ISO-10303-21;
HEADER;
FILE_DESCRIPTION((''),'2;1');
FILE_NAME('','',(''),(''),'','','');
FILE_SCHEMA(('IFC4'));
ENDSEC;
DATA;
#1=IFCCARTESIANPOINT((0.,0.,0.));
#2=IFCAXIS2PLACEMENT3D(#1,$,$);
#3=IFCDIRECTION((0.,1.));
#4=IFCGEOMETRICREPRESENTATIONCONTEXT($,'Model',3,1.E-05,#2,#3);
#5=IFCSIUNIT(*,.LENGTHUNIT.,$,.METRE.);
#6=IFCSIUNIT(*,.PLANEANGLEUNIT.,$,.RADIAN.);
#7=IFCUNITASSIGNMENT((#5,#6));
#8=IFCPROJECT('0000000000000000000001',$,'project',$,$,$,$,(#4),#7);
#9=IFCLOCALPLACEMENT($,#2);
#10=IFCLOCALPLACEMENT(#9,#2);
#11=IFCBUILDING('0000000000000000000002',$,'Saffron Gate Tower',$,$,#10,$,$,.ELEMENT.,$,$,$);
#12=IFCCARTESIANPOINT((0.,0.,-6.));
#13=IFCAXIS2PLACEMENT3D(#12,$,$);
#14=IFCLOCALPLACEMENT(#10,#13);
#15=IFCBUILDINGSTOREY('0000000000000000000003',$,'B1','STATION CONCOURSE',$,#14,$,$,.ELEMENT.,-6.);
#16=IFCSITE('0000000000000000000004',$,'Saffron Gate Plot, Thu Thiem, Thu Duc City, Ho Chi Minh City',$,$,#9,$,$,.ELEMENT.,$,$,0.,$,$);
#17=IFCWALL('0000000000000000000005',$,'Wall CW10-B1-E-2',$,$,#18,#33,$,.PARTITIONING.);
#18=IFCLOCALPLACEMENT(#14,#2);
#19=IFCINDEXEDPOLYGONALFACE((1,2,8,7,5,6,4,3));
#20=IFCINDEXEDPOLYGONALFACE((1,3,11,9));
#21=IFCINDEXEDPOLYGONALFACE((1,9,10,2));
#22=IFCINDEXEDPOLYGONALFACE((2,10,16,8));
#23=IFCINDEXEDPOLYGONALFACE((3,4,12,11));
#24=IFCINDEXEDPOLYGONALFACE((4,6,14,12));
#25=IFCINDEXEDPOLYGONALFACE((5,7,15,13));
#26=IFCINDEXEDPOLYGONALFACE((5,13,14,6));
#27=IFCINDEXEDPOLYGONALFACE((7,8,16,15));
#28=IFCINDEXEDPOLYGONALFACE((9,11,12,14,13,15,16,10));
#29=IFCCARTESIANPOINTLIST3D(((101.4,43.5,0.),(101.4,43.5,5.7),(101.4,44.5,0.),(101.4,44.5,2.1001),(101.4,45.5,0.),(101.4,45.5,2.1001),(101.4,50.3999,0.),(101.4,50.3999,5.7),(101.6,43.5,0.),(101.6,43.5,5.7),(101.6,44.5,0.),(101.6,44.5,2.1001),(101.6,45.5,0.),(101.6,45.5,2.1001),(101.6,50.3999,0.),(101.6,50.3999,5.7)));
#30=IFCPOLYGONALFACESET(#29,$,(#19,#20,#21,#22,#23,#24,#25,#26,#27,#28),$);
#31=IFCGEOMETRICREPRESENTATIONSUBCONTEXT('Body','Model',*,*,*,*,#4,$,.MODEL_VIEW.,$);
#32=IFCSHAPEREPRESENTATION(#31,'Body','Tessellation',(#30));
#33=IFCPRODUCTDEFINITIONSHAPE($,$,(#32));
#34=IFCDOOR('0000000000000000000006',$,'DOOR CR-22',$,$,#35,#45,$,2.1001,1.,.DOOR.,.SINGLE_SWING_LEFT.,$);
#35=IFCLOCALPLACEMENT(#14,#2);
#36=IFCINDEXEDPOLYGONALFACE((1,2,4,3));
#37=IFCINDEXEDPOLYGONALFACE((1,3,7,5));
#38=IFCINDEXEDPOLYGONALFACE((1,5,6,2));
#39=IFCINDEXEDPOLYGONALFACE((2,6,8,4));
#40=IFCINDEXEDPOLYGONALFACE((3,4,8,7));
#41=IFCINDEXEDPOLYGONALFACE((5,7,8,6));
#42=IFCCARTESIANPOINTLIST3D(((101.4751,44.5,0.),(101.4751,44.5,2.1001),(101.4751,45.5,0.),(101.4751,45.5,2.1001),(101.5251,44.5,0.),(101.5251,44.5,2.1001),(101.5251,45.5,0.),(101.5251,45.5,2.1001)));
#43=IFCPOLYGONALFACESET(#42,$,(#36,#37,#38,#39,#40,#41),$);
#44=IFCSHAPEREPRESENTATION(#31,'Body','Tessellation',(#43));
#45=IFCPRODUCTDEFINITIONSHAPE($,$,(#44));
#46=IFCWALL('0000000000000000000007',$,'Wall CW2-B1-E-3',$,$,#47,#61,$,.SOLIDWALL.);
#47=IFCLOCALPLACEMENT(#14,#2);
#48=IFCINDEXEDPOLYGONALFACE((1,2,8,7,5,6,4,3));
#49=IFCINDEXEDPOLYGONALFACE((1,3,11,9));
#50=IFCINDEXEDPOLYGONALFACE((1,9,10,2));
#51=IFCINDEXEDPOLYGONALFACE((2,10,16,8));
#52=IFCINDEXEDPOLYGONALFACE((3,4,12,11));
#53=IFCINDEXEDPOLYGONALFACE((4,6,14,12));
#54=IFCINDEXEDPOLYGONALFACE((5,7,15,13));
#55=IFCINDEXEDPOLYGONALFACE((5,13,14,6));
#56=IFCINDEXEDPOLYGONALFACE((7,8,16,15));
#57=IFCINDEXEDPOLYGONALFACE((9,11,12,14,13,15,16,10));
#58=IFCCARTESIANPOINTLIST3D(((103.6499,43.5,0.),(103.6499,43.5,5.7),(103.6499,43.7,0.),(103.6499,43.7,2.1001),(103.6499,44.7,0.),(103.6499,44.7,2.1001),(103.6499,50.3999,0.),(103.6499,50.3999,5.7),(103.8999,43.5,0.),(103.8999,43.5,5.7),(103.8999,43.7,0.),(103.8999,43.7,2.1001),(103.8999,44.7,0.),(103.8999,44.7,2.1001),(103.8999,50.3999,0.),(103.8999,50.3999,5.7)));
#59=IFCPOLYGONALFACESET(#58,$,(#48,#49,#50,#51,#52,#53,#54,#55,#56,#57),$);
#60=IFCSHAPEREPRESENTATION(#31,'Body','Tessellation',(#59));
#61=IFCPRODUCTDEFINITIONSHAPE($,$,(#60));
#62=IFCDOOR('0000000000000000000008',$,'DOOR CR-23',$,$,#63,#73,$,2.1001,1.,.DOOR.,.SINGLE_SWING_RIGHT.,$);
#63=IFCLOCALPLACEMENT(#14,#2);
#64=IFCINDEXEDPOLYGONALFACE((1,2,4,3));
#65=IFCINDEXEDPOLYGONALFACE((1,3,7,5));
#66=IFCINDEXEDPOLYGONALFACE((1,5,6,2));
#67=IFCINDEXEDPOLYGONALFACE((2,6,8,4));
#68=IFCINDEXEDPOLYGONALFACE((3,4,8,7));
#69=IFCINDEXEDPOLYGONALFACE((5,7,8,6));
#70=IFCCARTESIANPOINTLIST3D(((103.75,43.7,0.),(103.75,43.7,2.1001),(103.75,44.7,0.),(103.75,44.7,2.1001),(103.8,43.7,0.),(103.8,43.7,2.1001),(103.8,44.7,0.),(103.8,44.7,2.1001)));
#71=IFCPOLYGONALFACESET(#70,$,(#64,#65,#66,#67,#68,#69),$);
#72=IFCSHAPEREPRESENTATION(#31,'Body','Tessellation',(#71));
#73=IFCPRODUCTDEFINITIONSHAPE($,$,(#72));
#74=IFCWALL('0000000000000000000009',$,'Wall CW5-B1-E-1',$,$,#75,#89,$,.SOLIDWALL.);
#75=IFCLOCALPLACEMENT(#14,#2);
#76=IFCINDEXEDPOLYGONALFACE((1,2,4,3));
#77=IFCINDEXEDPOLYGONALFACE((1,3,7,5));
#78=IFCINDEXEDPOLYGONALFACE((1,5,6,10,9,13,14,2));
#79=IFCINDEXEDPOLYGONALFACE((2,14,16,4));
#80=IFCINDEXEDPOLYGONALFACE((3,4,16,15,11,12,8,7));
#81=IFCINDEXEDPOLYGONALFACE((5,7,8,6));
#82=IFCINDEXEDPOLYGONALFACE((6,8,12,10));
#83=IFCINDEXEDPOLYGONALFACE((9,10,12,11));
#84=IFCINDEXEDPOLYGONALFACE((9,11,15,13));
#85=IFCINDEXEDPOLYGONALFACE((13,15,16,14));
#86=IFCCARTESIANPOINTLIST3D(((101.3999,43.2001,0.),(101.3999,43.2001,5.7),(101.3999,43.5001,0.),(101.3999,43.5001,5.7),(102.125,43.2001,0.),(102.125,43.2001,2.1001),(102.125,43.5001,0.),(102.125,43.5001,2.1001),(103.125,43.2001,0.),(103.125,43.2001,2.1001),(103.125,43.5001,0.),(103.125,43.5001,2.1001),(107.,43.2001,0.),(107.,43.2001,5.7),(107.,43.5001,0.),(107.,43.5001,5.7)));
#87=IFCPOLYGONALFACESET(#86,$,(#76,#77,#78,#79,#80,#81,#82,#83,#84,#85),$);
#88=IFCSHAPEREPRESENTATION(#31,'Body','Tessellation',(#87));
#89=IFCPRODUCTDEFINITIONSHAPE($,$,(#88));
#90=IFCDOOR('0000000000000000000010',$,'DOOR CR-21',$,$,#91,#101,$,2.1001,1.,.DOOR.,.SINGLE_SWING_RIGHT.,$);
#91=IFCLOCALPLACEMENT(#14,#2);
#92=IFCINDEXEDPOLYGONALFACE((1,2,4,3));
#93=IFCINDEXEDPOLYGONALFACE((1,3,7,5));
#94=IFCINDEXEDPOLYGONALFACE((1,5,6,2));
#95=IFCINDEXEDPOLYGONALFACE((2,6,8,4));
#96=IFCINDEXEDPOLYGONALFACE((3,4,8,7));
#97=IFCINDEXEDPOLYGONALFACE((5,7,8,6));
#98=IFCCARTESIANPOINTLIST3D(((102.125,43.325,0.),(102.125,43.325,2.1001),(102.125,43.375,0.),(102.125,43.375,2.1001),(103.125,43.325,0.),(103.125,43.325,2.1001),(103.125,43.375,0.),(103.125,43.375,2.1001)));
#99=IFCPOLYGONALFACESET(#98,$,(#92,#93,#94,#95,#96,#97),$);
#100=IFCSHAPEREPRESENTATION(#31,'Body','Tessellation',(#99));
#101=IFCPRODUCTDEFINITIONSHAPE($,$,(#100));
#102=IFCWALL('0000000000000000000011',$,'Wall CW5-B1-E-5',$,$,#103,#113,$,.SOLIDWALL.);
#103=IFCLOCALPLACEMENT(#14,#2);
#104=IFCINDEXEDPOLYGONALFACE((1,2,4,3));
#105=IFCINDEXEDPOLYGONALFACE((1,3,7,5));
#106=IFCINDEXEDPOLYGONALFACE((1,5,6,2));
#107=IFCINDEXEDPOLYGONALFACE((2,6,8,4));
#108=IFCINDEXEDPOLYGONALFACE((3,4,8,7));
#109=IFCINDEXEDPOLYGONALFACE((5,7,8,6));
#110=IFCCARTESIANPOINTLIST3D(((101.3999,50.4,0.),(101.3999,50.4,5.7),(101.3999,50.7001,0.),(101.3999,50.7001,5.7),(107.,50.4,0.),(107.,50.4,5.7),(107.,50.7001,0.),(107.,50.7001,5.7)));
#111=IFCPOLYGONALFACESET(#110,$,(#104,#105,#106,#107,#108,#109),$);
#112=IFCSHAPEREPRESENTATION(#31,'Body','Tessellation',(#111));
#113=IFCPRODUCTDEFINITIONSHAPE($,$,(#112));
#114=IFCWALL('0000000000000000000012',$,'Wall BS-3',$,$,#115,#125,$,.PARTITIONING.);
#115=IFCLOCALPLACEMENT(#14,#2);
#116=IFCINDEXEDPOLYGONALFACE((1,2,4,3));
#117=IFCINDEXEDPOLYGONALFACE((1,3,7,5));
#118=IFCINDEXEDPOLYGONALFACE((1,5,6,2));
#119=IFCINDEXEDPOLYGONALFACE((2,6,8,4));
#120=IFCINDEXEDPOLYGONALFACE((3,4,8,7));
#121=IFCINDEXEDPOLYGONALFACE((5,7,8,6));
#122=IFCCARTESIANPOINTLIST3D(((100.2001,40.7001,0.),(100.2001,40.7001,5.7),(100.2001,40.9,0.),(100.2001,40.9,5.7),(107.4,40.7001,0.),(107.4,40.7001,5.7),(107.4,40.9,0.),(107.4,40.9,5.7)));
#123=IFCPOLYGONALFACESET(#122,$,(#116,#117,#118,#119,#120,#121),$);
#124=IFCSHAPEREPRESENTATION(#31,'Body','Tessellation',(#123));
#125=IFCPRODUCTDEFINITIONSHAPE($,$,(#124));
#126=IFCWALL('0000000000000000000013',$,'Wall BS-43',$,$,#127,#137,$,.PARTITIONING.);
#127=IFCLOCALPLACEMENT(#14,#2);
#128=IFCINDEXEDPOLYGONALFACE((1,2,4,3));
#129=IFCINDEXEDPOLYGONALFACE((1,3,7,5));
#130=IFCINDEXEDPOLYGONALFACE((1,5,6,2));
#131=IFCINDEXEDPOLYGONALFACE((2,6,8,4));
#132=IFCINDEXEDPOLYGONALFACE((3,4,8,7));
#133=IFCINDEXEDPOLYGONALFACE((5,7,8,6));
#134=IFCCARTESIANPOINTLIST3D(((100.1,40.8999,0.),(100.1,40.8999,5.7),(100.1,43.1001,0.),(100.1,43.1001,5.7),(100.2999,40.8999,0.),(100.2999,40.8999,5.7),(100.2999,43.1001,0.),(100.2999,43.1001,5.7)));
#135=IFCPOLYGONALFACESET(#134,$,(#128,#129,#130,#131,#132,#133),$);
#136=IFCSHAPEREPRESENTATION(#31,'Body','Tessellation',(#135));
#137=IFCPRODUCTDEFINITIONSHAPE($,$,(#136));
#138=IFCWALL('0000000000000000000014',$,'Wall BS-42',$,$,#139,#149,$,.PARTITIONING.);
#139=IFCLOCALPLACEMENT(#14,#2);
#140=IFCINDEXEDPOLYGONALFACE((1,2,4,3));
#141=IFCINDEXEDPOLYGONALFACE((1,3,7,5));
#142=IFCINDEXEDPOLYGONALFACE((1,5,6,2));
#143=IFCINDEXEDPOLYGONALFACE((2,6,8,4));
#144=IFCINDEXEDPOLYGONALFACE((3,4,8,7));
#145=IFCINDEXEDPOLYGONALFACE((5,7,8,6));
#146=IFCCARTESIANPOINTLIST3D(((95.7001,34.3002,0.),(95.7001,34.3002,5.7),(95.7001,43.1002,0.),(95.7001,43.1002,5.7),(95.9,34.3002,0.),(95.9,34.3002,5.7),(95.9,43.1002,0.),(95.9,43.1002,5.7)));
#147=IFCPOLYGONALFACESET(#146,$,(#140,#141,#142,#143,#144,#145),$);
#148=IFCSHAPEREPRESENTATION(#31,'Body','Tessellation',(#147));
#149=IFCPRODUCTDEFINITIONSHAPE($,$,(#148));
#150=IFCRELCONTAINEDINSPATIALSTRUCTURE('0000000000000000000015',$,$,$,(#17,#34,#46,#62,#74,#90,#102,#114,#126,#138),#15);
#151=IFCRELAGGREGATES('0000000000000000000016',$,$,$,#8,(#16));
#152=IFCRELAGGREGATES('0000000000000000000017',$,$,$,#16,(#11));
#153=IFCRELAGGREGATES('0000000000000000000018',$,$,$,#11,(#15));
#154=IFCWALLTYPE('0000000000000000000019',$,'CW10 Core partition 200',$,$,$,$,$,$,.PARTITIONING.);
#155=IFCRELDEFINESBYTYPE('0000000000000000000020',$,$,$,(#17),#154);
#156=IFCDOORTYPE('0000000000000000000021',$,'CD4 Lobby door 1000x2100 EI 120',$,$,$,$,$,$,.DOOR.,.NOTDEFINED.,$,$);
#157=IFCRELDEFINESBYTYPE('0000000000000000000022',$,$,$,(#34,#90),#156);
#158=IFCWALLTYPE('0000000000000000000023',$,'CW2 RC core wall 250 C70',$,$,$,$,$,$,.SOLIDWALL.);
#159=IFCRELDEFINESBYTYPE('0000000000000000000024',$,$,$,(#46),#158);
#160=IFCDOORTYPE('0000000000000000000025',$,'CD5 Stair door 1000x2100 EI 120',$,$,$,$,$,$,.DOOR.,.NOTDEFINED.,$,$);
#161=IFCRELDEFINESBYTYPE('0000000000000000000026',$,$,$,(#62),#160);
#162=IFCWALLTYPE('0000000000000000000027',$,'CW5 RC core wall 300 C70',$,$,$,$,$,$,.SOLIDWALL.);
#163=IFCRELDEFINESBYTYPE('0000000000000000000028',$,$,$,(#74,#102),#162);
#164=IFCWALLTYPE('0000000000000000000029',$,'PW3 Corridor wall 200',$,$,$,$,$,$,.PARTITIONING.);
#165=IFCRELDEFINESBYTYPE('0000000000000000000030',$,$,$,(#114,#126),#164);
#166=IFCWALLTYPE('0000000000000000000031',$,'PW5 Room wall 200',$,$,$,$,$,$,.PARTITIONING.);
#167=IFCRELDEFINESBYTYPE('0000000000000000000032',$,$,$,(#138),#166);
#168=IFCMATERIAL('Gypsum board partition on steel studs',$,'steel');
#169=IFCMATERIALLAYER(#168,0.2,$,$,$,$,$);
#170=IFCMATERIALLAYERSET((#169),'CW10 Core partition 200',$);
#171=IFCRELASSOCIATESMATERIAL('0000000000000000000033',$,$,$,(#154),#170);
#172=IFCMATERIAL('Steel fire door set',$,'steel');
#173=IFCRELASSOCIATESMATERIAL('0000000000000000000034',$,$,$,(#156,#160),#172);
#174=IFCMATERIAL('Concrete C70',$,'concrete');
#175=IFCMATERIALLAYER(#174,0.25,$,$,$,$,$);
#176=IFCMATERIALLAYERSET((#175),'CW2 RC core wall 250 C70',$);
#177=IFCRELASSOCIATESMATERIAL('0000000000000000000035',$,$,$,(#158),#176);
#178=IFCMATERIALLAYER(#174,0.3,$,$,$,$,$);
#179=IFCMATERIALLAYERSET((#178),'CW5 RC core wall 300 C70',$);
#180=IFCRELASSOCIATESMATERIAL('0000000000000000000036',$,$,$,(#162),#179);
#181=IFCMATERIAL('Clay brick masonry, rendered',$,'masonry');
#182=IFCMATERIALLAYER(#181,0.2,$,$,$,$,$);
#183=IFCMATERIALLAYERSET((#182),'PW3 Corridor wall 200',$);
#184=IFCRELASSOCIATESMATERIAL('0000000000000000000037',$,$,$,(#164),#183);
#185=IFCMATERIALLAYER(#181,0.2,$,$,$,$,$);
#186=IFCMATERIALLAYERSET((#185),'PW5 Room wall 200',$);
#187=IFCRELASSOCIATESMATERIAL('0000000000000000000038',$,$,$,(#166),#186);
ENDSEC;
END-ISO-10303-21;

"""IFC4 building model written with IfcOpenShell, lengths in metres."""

from ifc_helpers import new_model, si_unit, direction, frame, frame_2d, origin, place, context, subcontext, project, spatial, rectangle, extrude, material, layer, layer_set, type_object, element, fill, save


model = new_model("IFC4")

# Units and contexts
model_context = context("Model", 3, precision=1e-05, world=origin(), true_north=direction((0.0, 1.0)))
body_context = subcontext(model_context, "Body", "Model", "MODEL_VIEW")
ifc_project = project(units=[si_unit("LENGTHUNIT", "METRE"), si_unit("PLANEANGLEUNIT", "RADIAN")], contexts=[model_context])

# Site, building, storey
site_placement = place(None, origin())
site = spatial("IfcSite", under=ifc_project, at=site_placement, Name="Saffron Gate Plot, Thu Thiem, Thu Duc City, Ho Chi Minh City", CompositionType="ELEMENT", RefElevation=0.0)
building_placement = place(site_placement, origin())
building = spatial("IfcBuilding", under=site, at=building_placement, Name="Saffron Gate Tower", CompositionType="ELEMENT")
storey_placement = place(building_placement, frame((0.0, 0.0, -6.0)))
storey = spatial("IfcBuildingStorey", under=building, at=storey_placement, Name="B1", Description="STATION CONCOURSE", CompositionType="ELEMENT", Elevation=-6.0)

# Walls, openings, doors
ifc_material_1 = material(Name="Gypsum board partition on steel studs", Category="steel")
ifc_layer_1 = layer(ifc_material_1, 0.2)
ifc_layer_set_1 = layer_set([ifc_layer_1], Name="CW10 Core partition 200")
wall_type_1 = type_object("IfcWallType", Name="CW10 Core partition 200", PredefinedType="PARTITIONING", material=ifc_layer_set_1)
wall_1_placement = place(storey_placement, frame((101.5, 43.5, 0.0), z_axis=(0.0, 0.0, 1.0), x_axis=(0.0, 1.0, 0.0)))
wall_1 = element("IfcWall", 1, at=wall_1_placement, inside=storey, type_object=wall_type_1, Name="Wall CW10-B1-E-2", PredefinedType="PARTITIONING", context=body_context, shape_type="SweptSolid", body=[
    extrude(rectangle(XDim=6.8999, YDim=0.2, at=frame_2d((3.45, 0.0))), origin(), (0.0, 0.0, 1.0), 5.7),
])
opening_1_placement = place(wall_1_placement, frame((1.0, 0.0, 0.0)))
opening_1 = element("IfcOpeningElement", 2, at=opening_1_placement, cuts=wall_1, PredefinedType="OPENING", context=body_context, shape_type="SweptSolid", body=[
    extrude(rectangle(XDim=1.0, YDim=2.1001, at=frame_2d((0.5, 1.05))), frame((0.0, 0.1099, 0.0), z_axis=(0.0, -1.0, 0.0), x_axis=(1.0, 0.0, 0.0)), (0.0, 0.0, 1.0), 0.22),
])
ifc_material_2 = material(Name="Steel fire door set", Category="steel")
door_type_1 = type_object("IfcDoorType", Name="CD4 Lobby door 1000x2100 EI 120", OperationType="NOTDEFINED", PredefinedType="DOOR", material=ifc_material_2)
door_1_placement = place(opening_1_placement, origin())
door_1 = element("IfcDoor", 3, at=door_1_placement, inside=storey, type_object=door_type_1, Name="DOOR CR-22", OperationType="SINGLE_SWING_LEFT", OverallHeight=2.1001, OverallWidth=1.0, PredefinedType="DOOR", context=body_context, shape_type="SweptSolid", body=[
    extrude(rectangle(XDim=1.0, YDim=2.1001, at=frame_2d((0.5, 1.05))), frame((0.0, 0.0249, 0.0), z_axis=(0.0, -1.0, 0.0), x_axis=(1.0, 0.0, 0.0)), (0.0, 0.0, 1.0), 0.05),
])
fill(opening_1, door_1)
ifc_material_3 = material(Name="Concrete C70", Category="concrete")
ifc_layer_2 = layer(ifc_material_3, 0.25)
ifc_layer_set_2 = layer_set([ifc_layer_2], Name="CW2 RC core wall 250 C70")
wall_type_2 = type_object("IfcWallType", Name="CW2 RC core wall 250 C70", PredefinedType="SOLIDWALL", material=ifc_layer_set_2)
wall_2_placement = place(storey_placement, frame((103.7749, 43.5, 0.0), z_axis=(0.0, 0.0, 1.0), x_axis=(0.0, 1.0, 0.0)))
wall_2 = element("IfcWall", 4, at=wall_2_placement, inside=storey, type_object=wall_type_2, Name="Wall CW2-B1-E-3", PredefinedType="SOLIDWALL", context=body_context, shape_type="SweptSolid", body=[
    extrude(rectangle(XDim=6.8999, YDim=0.25, at=frame_2d((3.45, 0.0))), origin(), (0.0, 0.0, 1.0), 5.7),
])
opening_2_placement = place(wall_2_placement, frame((0.2, 0.0, 0.0)))
opening_2 = element("IfcOpeningElement", 5, at=opening_2_placement, cuts=wall_2, PredefinedType="OPENING", context=body_context, shape_type="SweptSolid", body=[
    extrude(rectangle(XDim=1.0, YDim=2.1001, at=frame_2d((0.5, 1.05))), frame((0.0, 0.135, 0.0), z_axis=(0.0, -1.0, 0.0), x_axis=(1.0, 0.0, 0.0)), (0.0, 0.0, 1.0), 0.27),
])
door_type_2 = type_object("IfcDoorType", Name="CD5 Stair door 1000x2100 EI 120", OperationType="NOTDEFINED", PredefinedType="DOOR", material=ifc_material_2)
door_2_placement = place(opening_2_placement, origin())
door_2 = element("IfcDoor", 6, at=door_2_placement, inside=storey, type_object=door_type_2, Name="DOOR CR-23", OperationType="SINGLE_SWING_RIGHT", OverallHeight=2.1001, OverallWidth=1.0, PredefinedType="DOOR", context=body_context, shape_type="SweptSolid", body=[
    extrude(rectangle(XDim=1.0, YDim=2.1001, at=frame_2d((0.5, 1.05))), frame((0.0, 0.0249, 0.0), z_axis=(0.0, -1.0, 0.0), x_axis=(1.0, 0.0, 0.0)), (0.0, 0.0, 1.0), 0.05),
])
fill(opening_2, door_2)
ifc_layer_3 = layer(ifc_material_3, 0.3)
ifc_layer_set_3 = layer_set([ifc_layer_3], Name="CW5 RC core wall 300 C70")
wall_type_3 = type_object("IfcWallType", Name="CW5 RC core wall 300 C70", PredefinedType="SOLIDWALL", material=ifc_layer_set_3)
wall_3_placement = place(storey_placement, frame((101.3999, 43.3501, 0.0), z_axis=(0.0, 0.0, 1.0), x_axis=(1.0, 0.0, 0.0)))
wall_3 = element("IfcWall", 7, at=wall_3_placement, inside=storey, type_object=wall_type_3, Name="Wall CW5-B1-E-1", PredefinedType="SOLIDWALL", context=body_context, shape_type="SweptSolid", body=[
    extrude(rectangle(XDim=5.6001, YDim=0.3, at=frame_2d((2.8, 0.0))), origin(), (0.0, 0.0, 1.0), 5.7),
])
opening_3_placement = place(wall_3_placement, frame((0.7251, 0.0, 0.0)))
opening_3 = element("IfcOpeningElement", 8, at=opening_3_placement, cuts=wall_3, PredefinedType="OPENING", context=body_context, shape_type="SweptSolid", body=[
    extrude(rectangle(XDim=1.0, YDim=2.1001, at=frame_2d((0.5, 1.05))), frame((0.0, 0.1602, 0.0), z_axis=(0.0, -1.0, 0.0), x_axis=(1.0, 0.0, 0.0)), (0.0, 0.0, 1.0), 0.3201),
])
door_3_placement = place(opening_3_placement, origin())
door_3 = element("IfcDoor", 9, at=door_3_placement, inside=storey, type_object=door_type_1, Name="DOOR CR-21", OperationType="SINGLE_SWING_RIGHT", OverallHeight=2.1001, OverallWidth=1.0, PredefinedType="DOOR", context=body_context, shape_type="SweptSolid", body=[
    extrude(rectangle(XDim=1.0, YDim=2.1001, at=frame_2d((0.5, 1.05))), frame((0.0, 0.0249, 0.0), z_axis=(0.0, -1.0, 0.0), x_axis=(1.0, 0.0, 0.0)), (0.0, 0.0, 1.0), 0.05),
])
fill(opening_3, door_3)

# Walls
wall_4_placement = place(storey_placement, frame((101.3999, 50.55, 0.0), z_axis=(0.0, 0.0, 1.0), x_axis=(1.0, 0.0, 0.0)))
element("IfcWall", 10, at=wall_4_placement, inside=storey, type_object=wall_type_3, Name="Wall CW5-B1-E-5", PredefinedType="SOLIDWALL", context=body_context, shape_type="SweptSolid", body=[
    extrude(rectangle(XDim=5.6001, YDim=0.3, at=frame_2d((2.8, 0.0))), origin(), (0.0, 0.0, 1.0), 5.7),
])
ifc_material_4 = material(Name="Clay brick masonry, rendered", Category="masonry")
ifc_layer_4 = layer(ifc_material_4, 0.2)
ifc_layer_set_4 = layer_set([ifc_layer_4], Name="PW3 Corridor wall 200")
wall_type_4 = type_object("IfcWallType", Name="PW3 Corridor wall 200", PredefinedType="PARTITIONING", material=ifc_layer_set_4)
wall_5_placement = place(storey_placement, frame((100.2, 40.8, 0.0), z_axis=(0.0, 0.0, 1.0), x_axis=(1.0, 0.0, 0.0)))
element("IfcWall", 11, at=wall_5_placement, inside=storey, type_object=wall_type_4, Name="Wall BS-3", PredefinedType="PARTITIONING", context=body_context, shape_type="SweptSolid", body=[
    extrude(rectangle(XDim=7.2, YDim=0.2, at=frame_2d((3.6001, 0.0))), origin(), (0.0, 0.0, 1.0), 5.7),
])
wall_6_placement = place(storey_placement, frame((100.2, 43.1001, 0.0), z_axis=(0.0, 0.0, 1.0), x_axis=(0.0, -1.0, 0.0)))
element("IfcWall", 12, at=wall_6_placement, inside=storey, type_object=wall_type_4, Name="Wall BS-43", PredefinedType="PARTITIONING", context=body_context, shape_type="SweptSolid", body=[
    extrude(rectangle(XDim=2.2002, YDim=0.2, at=frame_2d((1.1001, 0.0))), origin(), (0.0, 0.0, 1.0), 5.7),
])
ifc_layer_5 = layer(ifc_material_4, 0.2)
ifc_layer_set_5 = layer_set([ifc_layer_5], Name="PW5 Room wall 200")
wall_type_5 = type_object("IfcWallType", Name="PW5 Room wall 200", PredefinedType="PARTITIONING", material=ifc_layer_set_5)
wall_7_placement = place(storey_placement, frame((95.8, 43.1001, 0.0), z_axis=(0.0, 0.0, 1.0), x_axis=(0.0, -1.0, 0.0)))
element("IfcWall", 13, at=wall_7_placement, inside=storey, type_object=wall_type_5, Name="Wall BS-42", PredefinedType="PARTITIONING", context=body_context, shape_type="SweptSolid", body=[
    extrude(rectangle(XDim=8.8, YDim=0.2, at=frame_2d((4.3999, 0.0))), origin(), (0.0, 0.0, 1.0), 5.7),
])

save(model, "model.ifc")
